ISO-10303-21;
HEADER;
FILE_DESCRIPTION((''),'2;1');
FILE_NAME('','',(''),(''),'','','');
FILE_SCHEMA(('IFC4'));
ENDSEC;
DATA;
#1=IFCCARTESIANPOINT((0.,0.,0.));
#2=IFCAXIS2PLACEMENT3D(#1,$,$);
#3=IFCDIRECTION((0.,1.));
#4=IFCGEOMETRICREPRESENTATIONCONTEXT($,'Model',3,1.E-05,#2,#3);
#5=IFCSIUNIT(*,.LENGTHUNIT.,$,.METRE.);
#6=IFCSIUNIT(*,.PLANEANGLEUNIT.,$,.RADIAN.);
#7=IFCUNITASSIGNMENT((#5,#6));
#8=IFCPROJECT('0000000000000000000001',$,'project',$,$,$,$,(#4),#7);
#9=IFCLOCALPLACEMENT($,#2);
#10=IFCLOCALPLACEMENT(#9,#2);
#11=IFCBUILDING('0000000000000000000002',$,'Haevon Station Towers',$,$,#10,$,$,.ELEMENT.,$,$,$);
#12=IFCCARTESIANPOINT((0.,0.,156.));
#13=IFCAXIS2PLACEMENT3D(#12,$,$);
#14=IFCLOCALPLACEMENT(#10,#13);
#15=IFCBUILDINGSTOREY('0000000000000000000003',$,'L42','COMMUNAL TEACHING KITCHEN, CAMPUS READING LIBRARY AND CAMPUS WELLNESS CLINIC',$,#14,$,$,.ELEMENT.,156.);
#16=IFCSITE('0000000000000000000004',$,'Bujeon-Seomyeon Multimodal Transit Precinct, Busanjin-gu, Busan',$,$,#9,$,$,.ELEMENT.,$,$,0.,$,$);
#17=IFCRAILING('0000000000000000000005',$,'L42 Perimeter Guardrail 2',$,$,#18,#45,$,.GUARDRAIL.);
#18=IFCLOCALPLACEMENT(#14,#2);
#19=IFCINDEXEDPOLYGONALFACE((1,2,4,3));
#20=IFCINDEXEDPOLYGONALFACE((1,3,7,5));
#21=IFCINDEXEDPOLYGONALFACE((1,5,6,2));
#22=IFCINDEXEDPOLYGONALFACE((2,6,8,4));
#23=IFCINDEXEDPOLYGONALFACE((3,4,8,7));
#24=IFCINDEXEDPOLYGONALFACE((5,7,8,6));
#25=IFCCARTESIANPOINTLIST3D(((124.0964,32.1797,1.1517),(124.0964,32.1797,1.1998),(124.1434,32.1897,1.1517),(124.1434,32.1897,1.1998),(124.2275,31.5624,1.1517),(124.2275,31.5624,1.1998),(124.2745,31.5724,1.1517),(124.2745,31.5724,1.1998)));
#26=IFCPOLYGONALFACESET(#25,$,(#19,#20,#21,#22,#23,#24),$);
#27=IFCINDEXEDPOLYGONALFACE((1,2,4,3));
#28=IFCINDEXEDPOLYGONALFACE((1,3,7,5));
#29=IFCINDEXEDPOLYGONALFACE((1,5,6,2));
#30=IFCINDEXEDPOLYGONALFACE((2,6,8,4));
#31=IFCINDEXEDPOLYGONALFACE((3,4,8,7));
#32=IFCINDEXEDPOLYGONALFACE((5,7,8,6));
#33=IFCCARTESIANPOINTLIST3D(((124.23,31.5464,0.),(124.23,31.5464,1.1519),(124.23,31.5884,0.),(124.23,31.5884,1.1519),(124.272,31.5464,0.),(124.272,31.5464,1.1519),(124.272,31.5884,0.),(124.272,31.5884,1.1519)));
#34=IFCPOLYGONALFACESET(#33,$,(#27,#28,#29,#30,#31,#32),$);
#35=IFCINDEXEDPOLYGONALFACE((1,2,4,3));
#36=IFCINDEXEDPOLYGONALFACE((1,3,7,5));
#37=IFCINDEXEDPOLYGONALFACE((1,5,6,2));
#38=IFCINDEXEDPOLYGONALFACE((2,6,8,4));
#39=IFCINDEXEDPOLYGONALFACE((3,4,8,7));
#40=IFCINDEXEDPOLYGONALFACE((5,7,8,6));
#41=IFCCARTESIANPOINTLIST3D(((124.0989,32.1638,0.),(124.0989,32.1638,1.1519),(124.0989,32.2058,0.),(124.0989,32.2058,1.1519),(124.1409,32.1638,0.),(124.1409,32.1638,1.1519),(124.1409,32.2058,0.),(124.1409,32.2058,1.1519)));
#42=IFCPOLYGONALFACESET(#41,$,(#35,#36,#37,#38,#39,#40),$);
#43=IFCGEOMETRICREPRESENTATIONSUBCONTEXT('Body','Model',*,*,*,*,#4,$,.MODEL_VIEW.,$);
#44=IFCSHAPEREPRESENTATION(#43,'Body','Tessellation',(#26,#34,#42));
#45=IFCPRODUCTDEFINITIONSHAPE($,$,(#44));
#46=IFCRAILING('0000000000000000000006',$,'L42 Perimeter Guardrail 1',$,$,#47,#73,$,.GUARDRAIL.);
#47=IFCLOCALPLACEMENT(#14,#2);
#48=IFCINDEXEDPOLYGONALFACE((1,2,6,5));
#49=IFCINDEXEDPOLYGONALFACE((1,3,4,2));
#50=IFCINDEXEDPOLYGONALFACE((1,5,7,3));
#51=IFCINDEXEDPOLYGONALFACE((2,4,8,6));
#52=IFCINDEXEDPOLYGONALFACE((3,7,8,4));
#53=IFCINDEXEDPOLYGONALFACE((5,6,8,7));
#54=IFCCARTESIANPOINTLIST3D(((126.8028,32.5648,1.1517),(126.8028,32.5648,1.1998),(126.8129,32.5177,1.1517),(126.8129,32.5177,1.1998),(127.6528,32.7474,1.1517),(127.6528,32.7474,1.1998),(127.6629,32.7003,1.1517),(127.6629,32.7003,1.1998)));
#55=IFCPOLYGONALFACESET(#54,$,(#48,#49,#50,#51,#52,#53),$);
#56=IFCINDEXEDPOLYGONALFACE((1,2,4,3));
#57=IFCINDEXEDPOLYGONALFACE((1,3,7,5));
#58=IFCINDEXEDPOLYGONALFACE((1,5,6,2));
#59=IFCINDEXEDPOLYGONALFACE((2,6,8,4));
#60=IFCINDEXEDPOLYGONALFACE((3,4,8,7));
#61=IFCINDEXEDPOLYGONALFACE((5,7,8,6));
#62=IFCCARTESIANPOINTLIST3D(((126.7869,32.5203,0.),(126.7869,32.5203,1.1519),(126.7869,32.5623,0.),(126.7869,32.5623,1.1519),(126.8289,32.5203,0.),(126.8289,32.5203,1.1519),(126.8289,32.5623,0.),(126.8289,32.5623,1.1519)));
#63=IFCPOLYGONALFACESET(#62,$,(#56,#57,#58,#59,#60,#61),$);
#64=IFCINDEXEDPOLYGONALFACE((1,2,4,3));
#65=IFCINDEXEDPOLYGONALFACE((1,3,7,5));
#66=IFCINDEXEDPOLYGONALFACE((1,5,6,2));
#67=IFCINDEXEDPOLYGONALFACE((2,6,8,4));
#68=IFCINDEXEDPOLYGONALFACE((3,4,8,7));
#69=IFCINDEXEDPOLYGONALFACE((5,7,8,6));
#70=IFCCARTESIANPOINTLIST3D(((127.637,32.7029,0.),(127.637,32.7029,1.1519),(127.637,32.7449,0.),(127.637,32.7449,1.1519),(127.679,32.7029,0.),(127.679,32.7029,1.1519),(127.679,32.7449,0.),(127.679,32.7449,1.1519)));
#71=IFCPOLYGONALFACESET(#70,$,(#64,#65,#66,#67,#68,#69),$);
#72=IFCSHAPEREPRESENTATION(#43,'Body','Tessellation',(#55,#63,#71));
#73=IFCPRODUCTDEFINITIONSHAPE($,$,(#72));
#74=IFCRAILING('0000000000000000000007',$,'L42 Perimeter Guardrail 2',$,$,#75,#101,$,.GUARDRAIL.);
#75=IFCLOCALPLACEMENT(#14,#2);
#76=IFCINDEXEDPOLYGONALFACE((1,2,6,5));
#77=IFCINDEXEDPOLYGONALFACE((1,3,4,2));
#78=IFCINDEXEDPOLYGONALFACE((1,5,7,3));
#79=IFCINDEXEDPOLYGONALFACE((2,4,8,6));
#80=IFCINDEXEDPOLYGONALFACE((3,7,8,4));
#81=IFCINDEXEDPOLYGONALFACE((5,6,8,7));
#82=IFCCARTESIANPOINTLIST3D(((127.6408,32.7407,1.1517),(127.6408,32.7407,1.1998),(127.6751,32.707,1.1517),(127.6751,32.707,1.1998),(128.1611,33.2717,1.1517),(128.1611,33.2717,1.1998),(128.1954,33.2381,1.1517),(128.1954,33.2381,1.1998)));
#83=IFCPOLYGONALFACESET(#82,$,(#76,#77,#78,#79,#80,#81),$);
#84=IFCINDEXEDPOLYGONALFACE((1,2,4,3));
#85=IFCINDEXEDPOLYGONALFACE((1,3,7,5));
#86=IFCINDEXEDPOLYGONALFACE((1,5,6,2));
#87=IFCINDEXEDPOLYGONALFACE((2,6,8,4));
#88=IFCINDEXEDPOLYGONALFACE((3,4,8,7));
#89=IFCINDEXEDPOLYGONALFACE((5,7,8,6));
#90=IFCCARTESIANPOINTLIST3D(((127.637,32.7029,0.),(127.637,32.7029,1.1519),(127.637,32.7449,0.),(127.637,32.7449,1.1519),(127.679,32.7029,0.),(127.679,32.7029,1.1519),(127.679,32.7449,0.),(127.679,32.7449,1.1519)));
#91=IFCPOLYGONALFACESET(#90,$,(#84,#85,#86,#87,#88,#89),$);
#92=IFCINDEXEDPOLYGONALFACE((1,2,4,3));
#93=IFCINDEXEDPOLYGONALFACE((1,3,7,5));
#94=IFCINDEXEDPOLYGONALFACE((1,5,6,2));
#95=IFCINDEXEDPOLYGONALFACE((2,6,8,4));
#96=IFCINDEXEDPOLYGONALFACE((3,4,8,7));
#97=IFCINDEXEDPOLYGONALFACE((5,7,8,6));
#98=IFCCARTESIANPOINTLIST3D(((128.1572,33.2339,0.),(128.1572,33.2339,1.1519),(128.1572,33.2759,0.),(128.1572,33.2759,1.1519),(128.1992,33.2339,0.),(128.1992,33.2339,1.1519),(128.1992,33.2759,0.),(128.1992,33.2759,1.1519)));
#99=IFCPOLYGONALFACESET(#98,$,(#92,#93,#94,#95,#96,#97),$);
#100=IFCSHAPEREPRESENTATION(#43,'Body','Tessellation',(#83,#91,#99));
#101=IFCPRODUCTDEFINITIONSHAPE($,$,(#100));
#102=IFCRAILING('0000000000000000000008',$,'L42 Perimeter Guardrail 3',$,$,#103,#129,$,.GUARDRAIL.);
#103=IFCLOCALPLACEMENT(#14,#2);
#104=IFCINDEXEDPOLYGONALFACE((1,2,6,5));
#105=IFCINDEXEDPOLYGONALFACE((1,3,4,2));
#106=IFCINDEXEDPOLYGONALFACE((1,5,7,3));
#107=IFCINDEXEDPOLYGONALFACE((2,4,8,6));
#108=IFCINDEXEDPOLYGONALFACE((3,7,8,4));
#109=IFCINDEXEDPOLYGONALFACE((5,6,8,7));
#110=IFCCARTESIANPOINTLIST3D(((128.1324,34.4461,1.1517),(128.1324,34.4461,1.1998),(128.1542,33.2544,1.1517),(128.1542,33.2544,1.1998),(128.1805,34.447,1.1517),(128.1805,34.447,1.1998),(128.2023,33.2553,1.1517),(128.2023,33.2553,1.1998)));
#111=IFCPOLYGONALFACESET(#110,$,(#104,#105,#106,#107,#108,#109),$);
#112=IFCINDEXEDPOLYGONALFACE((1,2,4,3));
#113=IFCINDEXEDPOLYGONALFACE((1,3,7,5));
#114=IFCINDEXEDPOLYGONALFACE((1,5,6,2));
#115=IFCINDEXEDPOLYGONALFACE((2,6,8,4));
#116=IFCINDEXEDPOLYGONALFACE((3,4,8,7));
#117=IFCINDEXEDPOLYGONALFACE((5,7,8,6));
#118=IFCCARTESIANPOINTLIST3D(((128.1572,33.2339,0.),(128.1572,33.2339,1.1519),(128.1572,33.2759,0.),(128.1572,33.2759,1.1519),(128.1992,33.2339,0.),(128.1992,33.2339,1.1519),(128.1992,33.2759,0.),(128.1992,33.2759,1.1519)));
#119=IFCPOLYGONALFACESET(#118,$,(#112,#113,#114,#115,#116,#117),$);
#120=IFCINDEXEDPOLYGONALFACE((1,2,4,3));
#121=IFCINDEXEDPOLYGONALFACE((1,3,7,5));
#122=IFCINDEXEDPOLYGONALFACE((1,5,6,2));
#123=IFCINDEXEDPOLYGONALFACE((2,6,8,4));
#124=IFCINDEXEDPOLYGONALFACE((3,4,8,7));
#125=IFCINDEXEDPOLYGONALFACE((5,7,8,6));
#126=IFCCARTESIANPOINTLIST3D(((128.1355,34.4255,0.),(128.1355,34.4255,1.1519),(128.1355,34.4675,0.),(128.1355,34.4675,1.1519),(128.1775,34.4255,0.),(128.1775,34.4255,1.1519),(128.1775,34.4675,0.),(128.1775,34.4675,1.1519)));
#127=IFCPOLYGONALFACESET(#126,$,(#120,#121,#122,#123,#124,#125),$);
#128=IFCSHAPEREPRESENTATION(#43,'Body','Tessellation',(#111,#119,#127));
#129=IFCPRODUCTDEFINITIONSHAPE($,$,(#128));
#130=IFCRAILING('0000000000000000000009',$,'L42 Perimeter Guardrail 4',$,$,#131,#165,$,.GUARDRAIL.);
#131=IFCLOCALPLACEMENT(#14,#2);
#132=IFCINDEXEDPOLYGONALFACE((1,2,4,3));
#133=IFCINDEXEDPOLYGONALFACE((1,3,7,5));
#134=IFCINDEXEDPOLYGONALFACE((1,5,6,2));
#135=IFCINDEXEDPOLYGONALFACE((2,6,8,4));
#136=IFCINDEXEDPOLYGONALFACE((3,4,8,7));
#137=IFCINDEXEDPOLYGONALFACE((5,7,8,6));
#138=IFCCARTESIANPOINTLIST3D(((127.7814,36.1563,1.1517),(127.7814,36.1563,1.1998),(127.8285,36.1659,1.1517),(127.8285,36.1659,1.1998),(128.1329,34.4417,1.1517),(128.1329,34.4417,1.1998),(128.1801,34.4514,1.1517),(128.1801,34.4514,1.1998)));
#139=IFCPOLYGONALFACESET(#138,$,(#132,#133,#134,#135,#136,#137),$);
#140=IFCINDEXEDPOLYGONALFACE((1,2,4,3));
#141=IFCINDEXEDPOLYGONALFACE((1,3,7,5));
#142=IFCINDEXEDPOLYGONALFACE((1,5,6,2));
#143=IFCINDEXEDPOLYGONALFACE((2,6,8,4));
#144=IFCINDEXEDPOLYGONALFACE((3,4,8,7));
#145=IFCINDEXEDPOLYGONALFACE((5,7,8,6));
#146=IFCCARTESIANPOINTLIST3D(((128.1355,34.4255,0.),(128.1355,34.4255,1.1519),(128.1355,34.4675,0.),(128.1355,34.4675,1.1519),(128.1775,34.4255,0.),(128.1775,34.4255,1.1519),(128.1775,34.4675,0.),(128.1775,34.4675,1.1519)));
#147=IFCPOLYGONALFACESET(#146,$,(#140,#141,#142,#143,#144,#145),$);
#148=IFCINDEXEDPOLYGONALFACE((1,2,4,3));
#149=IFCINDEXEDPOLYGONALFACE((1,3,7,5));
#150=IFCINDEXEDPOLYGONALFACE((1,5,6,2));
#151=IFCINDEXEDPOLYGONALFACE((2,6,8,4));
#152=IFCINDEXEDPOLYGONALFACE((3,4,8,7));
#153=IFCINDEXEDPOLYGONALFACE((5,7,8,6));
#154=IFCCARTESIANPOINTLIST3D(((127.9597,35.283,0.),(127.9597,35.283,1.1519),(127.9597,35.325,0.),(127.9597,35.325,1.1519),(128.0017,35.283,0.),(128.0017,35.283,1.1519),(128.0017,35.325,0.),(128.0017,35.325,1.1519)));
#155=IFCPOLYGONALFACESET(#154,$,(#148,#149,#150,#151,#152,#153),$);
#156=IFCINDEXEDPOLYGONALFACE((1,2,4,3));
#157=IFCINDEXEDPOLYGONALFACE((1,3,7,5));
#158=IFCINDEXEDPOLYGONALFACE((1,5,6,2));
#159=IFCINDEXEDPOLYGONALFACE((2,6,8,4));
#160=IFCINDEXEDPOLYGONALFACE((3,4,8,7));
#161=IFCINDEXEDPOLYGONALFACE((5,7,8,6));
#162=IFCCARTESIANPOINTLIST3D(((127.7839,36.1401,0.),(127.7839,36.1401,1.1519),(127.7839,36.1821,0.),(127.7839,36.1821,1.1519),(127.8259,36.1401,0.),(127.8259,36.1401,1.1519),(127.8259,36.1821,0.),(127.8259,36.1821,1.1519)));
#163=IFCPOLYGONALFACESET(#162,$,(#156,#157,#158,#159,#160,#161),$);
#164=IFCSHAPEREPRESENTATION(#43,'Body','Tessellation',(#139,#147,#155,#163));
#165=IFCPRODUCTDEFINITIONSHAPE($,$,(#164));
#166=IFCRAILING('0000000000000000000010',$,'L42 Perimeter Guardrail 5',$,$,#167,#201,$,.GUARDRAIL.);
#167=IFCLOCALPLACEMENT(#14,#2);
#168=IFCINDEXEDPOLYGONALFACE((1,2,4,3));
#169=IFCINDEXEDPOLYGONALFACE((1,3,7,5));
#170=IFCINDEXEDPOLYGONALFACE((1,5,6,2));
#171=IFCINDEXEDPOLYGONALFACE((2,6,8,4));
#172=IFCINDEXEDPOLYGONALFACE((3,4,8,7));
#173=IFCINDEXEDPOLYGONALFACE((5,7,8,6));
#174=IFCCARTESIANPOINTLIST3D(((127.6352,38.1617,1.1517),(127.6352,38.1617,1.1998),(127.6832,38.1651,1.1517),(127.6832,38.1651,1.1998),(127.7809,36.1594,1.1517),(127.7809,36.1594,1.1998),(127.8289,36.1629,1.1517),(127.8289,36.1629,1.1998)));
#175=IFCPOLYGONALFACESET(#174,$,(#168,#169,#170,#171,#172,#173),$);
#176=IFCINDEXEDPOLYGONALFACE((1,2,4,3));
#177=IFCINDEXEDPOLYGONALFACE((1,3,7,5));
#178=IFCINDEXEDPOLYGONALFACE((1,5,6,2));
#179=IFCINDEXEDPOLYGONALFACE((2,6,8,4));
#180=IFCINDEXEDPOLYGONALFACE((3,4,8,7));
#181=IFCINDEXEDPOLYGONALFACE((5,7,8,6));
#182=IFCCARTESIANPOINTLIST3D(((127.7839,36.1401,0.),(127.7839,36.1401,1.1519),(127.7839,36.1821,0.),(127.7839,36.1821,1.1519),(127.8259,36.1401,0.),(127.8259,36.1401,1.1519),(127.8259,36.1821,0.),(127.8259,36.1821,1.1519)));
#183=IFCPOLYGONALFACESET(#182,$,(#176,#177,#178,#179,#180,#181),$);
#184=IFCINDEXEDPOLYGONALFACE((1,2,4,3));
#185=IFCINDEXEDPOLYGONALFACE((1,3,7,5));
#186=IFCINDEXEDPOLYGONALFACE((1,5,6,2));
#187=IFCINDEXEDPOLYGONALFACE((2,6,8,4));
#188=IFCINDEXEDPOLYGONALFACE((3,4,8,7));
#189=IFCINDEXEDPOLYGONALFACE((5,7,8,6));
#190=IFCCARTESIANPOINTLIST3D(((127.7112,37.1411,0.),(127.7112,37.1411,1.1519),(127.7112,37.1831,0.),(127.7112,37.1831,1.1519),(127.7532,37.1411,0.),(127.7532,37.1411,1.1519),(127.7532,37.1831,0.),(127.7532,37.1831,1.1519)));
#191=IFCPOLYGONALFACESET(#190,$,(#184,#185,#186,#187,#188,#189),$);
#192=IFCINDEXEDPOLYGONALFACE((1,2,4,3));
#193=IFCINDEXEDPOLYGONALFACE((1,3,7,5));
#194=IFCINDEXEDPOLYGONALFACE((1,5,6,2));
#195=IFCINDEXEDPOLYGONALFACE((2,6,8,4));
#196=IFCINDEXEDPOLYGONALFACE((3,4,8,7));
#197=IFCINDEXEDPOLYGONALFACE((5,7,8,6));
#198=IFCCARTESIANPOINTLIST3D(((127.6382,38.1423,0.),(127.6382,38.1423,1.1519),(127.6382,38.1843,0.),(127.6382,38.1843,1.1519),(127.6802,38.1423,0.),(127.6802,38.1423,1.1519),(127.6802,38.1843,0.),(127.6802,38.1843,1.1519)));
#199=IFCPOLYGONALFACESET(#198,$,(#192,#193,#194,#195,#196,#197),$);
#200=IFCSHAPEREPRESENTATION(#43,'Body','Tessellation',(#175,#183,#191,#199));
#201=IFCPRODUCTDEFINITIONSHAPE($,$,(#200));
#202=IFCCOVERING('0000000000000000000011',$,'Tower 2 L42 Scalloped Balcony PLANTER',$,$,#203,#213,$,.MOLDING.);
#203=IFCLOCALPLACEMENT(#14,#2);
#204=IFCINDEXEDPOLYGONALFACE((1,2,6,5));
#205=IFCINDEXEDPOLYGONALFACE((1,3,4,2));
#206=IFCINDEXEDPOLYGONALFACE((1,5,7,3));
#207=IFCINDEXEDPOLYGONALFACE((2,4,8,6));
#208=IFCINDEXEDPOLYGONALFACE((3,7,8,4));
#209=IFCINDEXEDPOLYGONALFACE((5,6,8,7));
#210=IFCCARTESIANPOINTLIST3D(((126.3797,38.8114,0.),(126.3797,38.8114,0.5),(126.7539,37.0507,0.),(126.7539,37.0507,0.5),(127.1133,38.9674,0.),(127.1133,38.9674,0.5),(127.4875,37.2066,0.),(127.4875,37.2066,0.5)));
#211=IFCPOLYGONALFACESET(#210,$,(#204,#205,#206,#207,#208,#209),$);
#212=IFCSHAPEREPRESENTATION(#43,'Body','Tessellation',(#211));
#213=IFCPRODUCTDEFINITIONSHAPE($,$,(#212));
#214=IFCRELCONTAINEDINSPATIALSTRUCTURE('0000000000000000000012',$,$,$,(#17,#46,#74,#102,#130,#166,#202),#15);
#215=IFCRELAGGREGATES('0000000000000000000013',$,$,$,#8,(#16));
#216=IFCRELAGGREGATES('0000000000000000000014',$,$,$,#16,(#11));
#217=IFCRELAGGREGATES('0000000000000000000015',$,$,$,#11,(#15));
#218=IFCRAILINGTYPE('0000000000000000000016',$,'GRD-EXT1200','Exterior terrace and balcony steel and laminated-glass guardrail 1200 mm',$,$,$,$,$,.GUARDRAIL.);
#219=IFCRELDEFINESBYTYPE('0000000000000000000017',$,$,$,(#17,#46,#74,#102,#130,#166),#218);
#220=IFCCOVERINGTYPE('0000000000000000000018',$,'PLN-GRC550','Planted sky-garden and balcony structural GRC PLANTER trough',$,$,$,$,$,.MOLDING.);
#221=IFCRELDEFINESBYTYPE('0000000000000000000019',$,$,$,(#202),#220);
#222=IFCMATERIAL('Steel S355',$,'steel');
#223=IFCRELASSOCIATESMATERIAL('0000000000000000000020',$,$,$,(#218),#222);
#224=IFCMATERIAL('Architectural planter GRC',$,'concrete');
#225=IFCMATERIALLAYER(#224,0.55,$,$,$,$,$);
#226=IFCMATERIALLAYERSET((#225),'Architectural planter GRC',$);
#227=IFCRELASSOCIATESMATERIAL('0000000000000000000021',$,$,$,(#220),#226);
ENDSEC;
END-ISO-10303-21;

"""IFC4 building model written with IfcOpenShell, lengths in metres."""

from ifc_helpers import new_model, si_unit, direction, frame, origin, origin_2d, place, context, subcontext, project, spatial, rectangle, extrude, material, layer, layer_set, type_object, element, save


model = new_model("IFC4")

# Units and contexts
model_context = context("Model", 3, precision=1e-05, world=origin(), true_north=direction((0.0, 1.0)))
body_context = subcontext(model_context, "Body", "Model", "MODEL_VIEW")
ifc_project = project(units=[si_unit("LENGTHUNIT", "METRE"), si_unit("PLANEANGLEUNIT", "RADIAN")], contexts=[model_context])

# Site, building, storey
site_placement = place(None, origin())
site = spatial("IfcSite", under=ifc_project, at=site_placement, Name="Bujeon-Seomyeon Multimodal Transit Precinct, Busanjin-gu, Busan", CompositionType="ELEMENT", RefElevation=0.0)
building_placement = place(site_placement, origin())
building = spatial("IfcBuilding", under=site, at=building_placement, Name="Haevon Station Towers", CompositionType="ELEMENT")
storey_placement = place(building_placement, frame((0.0, 0.0, 156.0)))
storey = spatial("IfcBuildingStorey", under=building, at=storey_placement, Name="L42", Description="COMMUNAL TEACHING KITCHEN, CAMPUS READING LIBRARY AND CAMPUS WELLNESS CLINIC", CompositionType="ELEMENT", Elevation=156.0)

# Shared definitions
ifc_material_1 = material(Name="Steel S355", Category="steel")

# Railings
railing_type = type_object("IfcRailingType", Name="GRD-EXT1200", Description="Exterior terrace and balcony steel and laminated-glass guardrail 1200 mm", PredefinedType="GUARDRAIL", material=ifc_material_1)
railing_1_placement = place(storey_placement, frame((124.251, 31.5674, 0.0)))
element("IfcRailing", 1, at=railing_1_placement, inside=storey, type_object=railing_type, Name="L42 Perimeter Guardrail 2", PredefinedType="GUARDRAIL", context=body_context, shape_type="SweptSolid", body=[
    extrude(rectangle(XDim=0.0481, YDim=0.0481, at=origin_2d()), frame((0.0, 0.0, 1.1758), z_axis=(-0.207706, 0.978191, 0.0), x_axis=(-0.978191, -0.207706, 0.0)), (0.0, 0.0, 1.0), 0.6311),
    extrude(rectangle(XDim=0.042, YDim=0.042, at=origin_2d()), origin(), (0.0, 0.0, 1.0), 1.1519),
    extrude(rectangle(XDim=0.042, YDim=0.042, at=origin_2d()), frame((-0.1311, 0.6174, 0.0)), (0.0, 0.0, 1.0), 1.1519),
])
railing_2_placement = place(storey_placement, frame((126.8079, 32.5413, 0.0)))
element("IfcRailing", 2, at=railing_2_placement, inside=storey, type_object=railing_type, Name="L42 Perimeter Guardrail 1", PredefinedType="GUARDRAIL", context=body_context, shape_type="SweptSolid", body=[
    extrude(rectangle(XDim=0.0481, YDim=0.0481, at=origin_2d()), frame((0.0, 0.0, 1.1758), z_axis=(0.977695, 0.210028, 0.0), x_axis=(-0.210028, 0.977695, 0.0)), (0.0, 0.0, 1.0), 0.8694),
    extrude(rectangle(XDim=0.042, YDim=0.042, at=origin_2d()), origin(), (0.0, 0.0, 1.0), 1.1519),
    extrude(rectangle(XDim=0.042, YDim=0.042, at=origin_2d()), frame((0.8501, 0.1826, 0.0)), (0.0, 0.0, 1.0), 1.1519),
])
railing_3_placement = place(storey_placement, frame((127.658, 32.7239, 0.0)))
element("IfcRailing", 3, at=railing_3_placement, inside=storey, type_object=railing_type, Name="L42 Perimeter Guardrail 2", PredefinedType="GUARDRAIL", context=body_context, shape_type="SweptSolid", body=[
    extrude(rectangle(XDim=0.0481, YDim=0.0481, at=origin_2d()), frame((0.0, 0.0, 1.1758), z_axis=(0.699845, 0.714295, 0.0), x_axis=(-0.714295, 0.699845, 0.0)), (0.0, 0.0, 1.0), 0.7434),
    extrude(rectangle(XDim=0.042, YDim=0.042, at=origin_2d()), origin(), (0.0, 0.0, 1.0), 1.1519),
    extrude(rectangle(XDim=0.042, YDim=0.042, at=origin_2d()), frame((0.5203, 0.531, 0.0)), (0.0, 0.0, 1.0), 1.1519),
])
railing_4_placement = place(storey_placement, frame((128.1782, 33.2549, 0.0)))
element("IfcRailing", 4, at=railing_4_placement, inside=storey, type_object=railing_type, Name="L42 Perimeter Guardrail 3", PredefinedType="GUARDRAIL", context=body_context, shape_type="SweptSolid", body=[
    extrude(rectangle(XDim=0.0481, YDim=0.0481, at=origin_2d()), frame((0.0, 0.0, 1.1758), z_axis=(-0.018231, 0.999834, 0.0), x_axis=(-0.999834, -0.018231, 0.0)), (0.0, 0.0, 1.0), 1.1919),
    extrude(rectangle(XDim=0.042, YDim=0.042, at=origin_2d()), origin(), (0.0, 0.0, 1.0), 1.1519),
    extrude(rectangle(XDim=0.042, YDim=0.042, at=origin_2d()), frame((-0.0217, 1.1917, 0.0)), (0.0, 0.0, 1.0), 1.1519),
])
railing_5_placement = place(storey_placement, frame((128.1565, 34.4465, 0.0)))
element("IfcRailing", 5, at=railing_5_placement, inside=storey, type_object=railing_type, Name="L42 Perimeter Guardrail 4", PredefinedType="GUARDRAIL", context=body_context, shape_type="SweptSolid", body=[
    extrude(rectangle(XDim=0.0481, YDim=0.0481, at=origin_2d()), frame((0.0, 0.0, 1.1758), z_axis=(-0.200862, 0.97962, 0.0), x_axis=(-0.97962, -0.200862, 0.0)), (0.0, 0.0, 1.0), 1.7502),
    extrude(rectangle(XDim=0.042, YDim=0.042, at=origin_2d()), origin(), (0.0, 0.0, 1.0), 1.1519),
    extrude(rectangle(XDim=0.042, YDim=0.042, at=origin_2d()), frame((-0.1758, 0.8574, 0.0)), (0.0, 0.0, 1.0), 1.1519),
    extrude(rectangle(XDim=0.042, YDim=0.042, at=origin_2d()), frame((-0.3516, 1.7146, 0.0)), (0.0, 0.0, 1.0), 1.1519),
])
railing_6_placement = place(storey_placement, frame((127.8049, 36.1611, 0.0)))
element("IfcRailing", 6, at=railing_6_placement, inside=storey, type_object=railing_type, Name="L42 Perimeter Guardrail 5", PredefinedType="GUARDRAIL", context=body_context, shape_type="SweptSolid", body=[
    extrude(rectangle(XDim=0.0481, YDim=0.0481, at=origin_2d()), frame((0.0, 0.0, 1.1758), z_axis=(-0.072604, 0.997361, 0.0), x_axis=(-0.997361, -0.072604, 0.0)), (0.0, 0.0, 1.0), 2.0076),
    extrude(rectangle(XDim=0.042, YDim=0.042, at=origin_2d()), origin(), (0.0, 0.0, 1.0), 1.1519),
    extrude(rectangle(XDim=0.042, YDim=0.042, at=origin_2d()), frame((-0.0728, 1.001, 0.0)), (0.0, 0.0, 1.0), 1.1519),
    extrude(rectangle(XDim=0.042, YDim=0.042, at=origin_2d()), frame((-0.1458, 2.0022, 0.0)), (0.0, 0.0, 1.0), 1.1519),
])

# Covering
ifc_material_2 = material(Name="Architectural planter GRC", Category="concrete")
ifc_layer_1 = layer(ifc_material_2, 0.55)
ifc_layer_set_1 = layer_set([ifc_layer_1], Name="Architectural planter GRC")
covering_type = type_object("IfcCoveringType", Name="PLN-GRC550", Description="Planted sky-garden and balcony structural GRC PLANTER trough", PredefinedType="MOLDING", material=ifc_layer_set_1)
covering_placement = place(storey_placement, frame((126.9336, 38.009, 0.0), z_axis=(0.0, 0.0, 1.0), x_axis=(0.978148, 0.207912, 0.0)))
element("IfcCovering", 7, at=covering_placement, inside=storey, type_object=covering_type, Name="Tower 2 L42 Scalloped Balcony PLANTER", PredefinedType="MOLDING", context=body_context, shape_type="SweptSolid", body=[
    extrude(rectangle(XDim=0.75, YDim=1.8, at=origin_2d()), origin(), (0.0, 0.0, 1.0), 0.5),
])

save(model, "model.ifc")
